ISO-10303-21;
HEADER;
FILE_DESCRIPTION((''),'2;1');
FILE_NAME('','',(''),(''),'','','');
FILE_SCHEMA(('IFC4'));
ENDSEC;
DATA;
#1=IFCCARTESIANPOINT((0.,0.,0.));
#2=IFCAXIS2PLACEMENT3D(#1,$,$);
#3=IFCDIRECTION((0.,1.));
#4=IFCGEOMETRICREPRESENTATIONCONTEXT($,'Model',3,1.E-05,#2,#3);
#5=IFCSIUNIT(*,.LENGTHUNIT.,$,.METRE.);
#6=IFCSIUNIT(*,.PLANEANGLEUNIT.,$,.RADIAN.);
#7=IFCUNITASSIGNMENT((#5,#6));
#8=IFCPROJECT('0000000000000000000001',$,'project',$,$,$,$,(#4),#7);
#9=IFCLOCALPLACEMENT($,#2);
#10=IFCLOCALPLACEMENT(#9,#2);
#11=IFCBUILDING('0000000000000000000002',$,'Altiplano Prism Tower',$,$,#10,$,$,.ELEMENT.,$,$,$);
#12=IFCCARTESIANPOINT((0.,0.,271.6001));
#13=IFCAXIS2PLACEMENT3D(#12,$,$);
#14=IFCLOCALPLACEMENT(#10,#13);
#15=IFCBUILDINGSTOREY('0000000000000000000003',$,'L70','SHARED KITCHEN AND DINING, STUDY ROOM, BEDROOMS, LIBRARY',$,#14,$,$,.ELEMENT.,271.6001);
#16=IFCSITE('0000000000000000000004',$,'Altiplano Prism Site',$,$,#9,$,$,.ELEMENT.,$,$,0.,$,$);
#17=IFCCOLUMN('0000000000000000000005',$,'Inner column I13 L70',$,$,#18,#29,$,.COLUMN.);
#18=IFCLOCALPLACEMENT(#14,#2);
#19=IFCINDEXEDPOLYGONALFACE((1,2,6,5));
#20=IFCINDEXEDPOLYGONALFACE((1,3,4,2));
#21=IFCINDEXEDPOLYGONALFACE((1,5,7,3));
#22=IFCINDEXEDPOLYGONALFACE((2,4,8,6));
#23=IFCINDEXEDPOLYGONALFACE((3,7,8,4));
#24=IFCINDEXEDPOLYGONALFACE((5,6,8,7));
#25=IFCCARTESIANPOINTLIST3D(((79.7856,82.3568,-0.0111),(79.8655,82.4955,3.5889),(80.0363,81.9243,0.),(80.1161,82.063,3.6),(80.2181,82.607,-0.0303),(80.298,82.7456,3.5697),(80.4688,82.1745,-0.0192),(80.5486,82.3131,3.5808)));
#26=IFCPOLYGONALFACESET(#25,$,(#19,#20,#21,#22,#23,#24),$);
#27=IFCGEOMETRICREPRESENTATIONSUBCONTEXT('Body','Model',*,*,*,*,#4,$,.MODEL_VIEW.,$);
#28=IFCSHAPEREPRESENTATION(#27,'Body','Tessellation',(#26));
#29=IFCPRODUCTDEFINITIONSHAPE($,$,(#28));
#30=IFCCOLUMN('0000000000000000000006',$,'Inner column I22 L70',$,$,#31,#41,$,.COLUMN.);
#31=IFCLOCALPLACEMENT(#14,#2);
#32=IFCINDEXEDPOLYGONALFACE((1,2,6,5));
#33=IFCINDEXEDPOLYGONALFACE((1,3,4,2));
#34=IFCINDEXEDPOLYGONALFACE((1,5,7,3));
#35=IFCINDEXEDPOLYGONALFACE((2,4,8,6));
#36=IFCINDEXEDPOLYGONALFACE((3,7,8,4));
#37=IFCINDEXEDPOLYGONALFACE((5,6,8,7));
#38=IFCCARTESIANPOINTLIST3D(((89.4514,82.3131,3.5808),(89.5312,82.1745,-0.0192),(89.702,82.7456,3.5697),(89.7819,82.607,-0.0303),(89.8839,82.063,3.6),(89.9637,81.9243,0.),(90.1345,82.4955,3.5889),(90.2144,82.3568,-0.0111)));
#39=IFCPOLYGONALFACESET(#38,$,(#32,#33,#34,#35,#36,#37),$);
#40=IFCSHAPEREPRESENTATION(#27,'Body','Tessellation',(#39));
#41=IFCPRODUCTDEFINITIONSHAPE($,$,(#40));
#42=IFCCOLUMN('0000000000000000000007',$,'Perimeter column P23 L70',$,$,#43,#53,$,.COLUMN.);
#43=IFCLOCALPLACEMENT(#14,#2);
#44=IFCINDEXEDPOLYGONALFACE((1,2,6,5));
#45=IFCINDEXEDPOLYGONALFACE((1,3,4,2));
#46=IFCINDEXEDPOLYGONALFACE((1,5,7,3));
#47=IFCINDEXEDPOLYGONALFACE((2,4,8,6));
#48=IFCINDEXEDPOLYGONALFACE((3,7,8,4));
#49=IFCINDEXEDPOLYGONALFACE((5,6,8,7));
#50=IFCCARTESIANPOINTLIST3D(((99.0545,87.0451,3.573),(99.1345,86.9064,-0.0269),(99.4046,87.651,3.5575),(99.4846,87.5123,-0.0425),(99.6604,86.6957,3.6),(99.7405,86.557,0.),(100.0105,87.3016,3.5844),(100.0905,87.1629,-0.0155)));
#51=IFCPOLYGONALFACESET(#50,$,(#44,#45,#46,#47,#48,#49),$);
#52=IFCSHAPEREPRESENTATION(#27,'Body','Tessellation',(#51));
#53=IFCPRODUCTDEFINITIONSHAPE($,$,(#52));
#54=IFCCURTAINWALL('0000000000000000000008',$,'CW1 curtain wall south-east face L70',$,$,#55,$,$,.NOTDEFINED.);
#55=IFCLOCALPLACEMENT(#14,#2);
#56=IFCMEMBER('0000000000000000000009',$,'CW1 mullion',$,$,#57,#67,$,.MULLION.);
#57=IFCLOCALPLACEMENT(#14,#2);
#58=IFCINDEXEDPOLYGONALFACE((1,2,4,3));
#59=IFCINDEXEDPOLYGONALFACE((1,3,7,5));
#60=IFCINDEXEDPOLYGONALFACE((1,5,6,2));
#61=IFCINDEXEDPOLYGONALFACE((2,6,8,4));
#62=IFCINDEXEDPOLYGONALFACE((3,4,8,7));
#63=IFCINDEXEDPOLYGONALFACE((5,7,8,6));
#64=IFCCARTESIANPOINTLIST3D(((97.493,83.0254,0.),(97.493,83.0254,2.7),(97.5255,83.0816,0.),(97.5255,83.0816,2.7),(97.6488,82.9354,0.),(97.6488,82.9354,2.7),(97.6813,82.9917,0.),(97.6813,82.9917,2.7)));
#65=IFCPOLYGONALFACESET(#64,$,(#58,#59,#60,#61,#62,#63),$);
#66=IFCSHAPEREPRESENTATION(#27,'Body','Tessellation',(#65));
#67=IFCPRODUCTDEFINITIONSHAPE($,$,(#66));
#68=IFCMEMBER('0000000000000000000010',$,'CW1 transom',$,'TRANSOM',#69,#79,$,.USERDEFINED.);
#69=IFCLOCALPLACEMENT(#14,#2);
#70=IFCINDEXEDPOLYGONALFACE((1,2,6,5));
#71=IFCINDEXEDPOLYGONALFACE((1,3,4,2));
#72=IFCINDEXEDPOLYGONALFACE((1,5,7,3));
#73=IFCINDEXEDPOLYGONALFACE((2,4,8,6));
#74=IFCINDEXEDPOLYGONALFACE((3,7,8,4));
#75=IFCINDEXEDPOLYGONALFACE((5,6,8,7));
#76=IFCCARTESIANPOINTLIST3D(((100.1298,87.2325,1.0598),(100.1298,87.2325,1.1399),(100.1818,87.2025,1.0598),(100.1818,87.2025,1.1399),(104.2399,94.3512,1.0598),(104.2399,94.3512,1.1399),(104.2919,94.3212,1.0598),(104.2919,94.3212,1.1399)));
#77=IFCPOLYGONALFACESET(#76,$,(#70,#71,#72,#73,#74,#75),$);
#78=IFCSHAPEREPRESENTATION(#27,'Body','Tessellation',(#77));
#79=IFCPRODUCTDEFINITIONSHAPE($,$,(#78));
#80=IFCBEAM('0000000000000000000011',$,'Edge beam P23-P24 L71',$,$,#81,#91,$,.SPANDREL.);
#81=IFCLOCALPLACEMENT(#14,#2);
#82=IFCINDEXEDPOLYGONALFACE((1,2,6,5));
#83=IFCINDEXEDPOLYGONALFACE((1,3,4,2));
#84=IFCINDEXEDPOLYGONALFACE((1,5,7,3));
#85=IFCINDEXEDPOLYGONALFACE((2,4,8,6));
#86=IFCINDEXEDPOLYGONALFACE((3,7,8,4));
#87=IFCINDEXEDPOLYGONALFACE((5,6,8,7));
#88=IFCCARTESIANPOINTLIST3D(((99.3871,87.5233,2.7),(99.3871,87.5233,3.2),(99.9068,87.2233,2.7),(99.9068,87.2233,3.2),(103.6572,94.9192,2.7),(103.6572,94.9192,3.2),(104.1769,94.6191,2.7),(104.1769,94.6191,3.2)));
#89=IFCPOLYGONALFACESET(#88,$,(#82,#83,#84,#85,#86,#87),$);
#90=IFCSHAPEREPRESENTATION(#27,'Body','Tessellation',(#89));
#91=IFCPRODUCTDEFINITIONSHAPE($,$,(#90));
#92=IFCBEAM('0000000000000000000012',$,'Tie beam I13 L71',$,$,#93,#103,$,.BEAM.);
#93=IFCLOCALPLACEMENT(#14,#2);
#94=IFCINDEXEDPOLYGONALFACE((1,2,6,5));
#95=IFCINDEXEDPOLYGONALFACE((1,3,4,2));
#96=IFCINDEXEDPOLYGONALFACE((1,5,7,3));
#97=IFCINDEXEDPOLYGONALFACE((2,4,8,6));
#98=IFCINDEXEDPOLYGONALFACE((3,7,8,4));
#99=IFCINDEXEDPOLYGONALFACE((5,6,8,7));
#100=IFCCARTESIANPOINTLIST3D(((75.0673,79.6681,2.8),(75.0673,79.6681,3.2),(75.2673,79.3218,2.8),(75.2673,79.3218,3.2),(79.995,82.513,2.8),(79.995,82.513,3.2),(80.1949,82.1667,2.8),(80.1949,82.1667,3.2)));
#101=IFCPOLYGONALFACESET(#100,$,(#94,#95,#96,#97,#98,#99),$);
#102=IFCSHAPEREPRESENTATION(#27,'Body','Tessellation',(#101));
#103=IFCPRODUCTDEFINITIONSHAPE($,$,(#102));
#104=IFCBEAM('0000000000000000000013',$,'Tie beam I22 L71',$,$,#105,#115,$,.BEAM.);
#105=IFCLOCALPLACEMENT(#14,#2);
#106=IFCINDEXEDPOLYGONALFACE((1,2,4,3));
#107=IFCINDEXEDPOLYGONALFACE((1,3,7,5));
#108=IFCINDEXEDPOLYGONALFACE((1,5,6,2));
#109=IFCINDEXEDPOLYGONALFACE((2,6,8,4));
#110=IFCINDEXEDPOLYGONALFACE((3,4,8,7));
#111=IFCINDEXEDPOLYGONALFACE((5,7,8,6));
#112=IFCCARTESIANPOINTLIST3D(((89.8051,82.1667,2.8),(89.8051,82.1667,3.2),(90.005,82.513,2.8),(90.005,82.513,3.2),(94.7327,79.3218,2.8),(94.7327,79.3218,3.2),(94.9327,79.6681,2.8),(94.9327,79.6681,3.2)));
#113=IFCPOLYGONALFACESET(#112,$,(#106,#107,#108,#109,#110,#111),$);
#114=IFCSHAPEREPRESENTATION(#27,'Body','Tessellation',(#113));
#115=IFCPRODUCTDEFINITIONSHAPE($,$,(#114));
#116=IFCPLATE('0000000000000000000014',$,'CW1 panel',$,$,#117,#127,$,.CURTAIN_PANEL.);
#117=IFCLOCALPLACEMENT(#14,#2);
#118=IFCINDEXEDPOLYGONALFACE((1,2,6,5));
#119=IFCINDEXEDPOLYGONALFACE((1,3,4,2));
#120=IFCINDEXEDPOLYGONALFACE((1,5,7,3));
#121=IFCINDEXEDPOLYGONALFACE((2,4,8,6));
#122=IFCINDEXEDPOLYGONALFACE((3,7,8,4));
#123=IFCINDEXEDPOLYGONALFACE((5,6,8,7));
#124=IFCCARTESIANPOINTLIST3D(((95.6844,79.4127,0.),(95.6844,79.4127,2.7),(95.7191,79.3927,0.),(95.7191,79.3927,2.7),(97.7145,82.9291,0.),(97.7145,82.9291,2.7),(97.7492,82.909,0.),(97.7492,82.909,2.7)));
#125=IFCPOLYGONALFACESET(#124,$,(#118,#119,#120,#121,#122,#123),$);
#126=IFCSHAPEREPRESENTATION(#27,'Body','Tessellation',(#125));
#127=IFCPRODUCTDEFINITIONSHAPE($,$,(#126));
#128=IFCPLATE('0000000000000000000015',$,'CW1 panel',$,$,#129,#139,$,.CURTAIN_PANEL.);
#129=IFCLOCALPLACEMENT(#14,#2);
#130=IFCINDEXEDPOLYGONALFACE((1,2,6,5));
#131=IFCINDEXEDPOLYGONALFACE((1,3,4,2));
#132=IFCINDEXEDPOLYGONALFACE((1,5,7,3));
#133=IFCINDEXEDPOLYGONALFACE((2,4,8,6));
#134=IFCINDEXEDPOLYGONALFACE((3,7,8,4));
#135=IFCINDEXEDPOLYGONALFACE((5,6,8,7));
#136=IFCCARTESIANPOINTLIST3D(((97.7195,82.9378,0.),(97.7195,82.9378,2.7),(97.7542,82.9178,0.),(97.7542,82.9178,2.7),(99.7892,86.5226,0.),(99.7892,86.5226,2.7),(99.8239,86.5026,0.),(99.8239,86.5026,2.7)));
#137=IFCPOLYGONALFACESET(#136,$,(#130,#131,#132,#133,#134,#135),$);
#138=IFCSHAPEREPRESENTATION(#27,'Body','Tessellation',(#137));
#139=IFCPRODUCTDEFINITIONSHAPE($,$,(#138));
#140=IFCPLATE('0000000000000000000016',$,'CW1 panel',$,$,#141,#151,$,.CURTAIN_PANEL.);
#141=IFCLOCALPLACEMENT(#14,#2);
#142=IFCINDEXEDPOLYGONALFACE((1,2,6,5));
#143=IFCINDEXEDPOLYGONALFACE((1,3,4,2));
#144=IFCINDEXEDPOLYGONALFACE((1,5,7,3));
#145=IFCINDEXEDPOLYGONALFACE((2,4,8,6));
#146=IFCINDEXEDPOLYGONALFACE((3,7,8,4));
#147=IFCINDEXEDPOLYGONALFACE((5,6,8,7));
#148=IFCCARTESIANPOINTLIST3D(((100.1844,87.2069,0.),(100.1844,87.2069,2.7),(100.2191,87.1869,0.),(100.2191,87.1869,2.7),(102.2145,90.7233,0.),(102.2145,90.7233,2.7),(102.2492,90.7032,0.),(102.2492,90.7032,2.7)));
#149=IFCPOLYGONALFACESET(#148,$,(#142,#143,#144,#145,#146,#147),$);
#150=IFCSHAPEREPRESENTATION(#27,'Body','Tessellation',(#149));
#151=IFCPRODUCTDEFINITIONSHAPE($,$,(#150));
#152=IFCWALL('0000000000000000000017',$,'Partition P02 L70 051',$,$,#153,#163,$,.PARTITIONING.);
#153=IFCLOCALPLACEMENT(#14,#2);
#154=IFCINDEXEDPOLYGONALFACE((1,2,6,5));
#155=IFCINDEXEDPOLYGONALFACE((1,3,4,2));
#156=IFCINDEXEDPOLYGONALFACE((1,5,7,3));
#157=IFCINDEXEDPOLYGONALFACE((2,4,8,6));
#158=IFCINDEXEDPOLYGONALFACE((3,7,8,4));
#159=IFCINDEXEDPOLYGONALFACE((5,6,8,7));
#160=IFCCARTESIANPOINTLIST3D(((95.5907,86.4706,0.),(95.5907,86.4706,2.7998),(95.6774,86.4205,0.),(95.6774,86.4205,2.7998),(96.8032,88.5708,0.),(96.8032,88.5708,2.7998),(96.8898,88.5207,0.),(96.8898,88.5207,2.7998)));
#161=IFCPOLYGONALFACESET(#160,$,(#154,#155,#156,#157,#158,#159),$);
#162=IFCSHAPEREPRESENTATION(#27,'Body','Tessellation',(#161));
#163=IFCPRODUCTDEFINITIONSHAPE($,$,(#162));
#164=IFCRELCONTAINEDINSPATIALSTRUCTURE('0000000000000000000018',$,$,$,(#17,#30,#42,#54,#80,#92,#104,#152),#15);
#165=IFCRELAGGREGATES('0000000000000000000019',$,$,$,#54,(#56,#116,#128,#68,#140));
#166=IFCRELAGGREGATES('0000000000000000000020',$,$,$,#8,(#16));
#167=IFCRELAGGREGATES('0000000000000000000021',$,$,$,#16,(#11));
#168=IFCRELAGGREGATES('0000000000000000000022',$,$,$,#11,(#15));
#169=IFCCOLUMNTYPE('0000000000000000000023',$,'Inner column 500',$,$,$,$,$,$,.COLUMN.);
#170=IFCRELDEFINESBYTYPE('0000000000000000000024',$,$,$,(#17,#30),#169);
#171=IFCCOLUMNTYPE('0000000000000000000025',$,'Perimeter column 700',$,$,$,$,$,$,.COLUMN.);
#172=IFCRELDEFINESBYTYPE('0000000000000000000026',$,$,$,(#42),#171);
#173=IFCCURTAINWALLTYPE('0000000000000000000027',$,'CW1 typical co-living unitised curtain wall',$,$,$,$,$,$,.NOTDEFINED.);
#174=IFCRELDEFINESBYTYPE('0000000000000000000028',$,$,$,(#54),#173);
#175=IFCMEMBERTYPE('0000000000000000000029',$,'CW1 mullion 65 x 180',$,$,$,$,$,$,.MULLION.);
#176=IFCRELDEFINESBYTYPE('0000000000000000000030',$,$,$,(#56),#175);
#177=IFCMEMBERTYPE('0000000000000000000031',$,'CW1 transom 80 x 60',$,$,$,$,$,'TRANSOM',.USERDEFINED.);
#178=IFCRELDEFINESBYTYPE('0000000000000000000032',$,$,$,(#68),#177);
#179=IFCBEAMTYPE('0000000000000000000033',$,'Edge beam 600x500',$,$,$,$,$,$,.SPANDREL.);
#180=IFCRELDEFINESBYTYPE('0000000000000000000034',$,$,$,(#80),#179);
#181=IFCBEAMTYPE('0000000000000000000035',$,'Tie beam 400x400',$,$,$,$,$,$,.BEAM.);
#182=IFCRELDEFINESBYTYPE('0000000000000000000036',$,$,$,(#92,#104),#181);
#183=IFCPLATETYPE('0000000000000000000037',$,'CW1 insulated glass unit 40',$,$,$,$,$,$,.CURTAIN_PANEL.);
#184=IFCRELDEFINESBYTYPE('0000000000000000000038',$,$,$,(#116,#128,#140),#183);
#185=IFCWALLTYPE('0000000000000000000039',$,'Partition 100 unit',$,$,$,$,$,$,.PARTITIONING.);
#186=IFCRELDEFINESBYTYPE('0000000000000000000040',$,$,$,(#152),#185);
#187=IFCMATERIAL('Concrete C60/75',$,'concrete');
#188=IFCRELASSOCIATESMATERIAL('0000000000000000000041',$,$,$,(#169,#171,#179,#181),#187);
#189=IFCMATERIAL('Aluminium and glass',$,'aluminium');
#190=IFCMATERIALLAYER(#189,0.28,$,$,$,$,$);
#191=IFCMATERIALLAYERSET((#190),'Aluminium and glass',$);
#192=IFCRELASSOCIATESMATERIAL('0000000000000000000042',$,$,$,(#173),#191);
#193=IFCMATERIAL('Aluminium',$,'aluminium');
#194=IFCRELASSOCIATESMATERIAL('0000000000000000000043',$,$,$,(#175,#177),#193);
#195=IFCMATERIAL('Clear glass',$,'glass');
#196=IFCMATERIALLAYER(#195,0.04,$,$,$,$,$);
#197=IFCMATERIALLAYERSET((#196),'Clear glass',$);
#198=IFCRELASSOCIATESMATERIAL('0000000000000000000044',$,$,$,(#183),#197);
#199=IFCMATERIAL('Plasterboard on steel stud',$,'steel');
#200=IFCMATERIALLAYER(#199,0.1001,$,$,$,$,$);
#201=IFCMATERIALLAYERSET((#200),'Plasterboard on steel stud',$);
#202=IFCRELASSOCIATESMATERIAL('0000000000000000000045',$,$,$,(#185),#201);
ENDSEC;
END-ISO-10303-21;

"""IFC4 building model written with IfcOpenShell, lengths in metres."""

from ifc_helpers import new_model, si_unit, direction, frame, frame_2d, origin, origin_2d, place, context, subcontext, project, spatial, rectangle, extrude, material, layer, layer_set, material_profile, profile_set, type_object, element, aggregate, save


model = new_model("IFC4")

# Units and contexts
model_context = context("Model", 3, precision=1e-05, world=origin(), true_north=direction((0.0, 1.0)))
body_context = subcontext(model_context, "Body", "Model", "MODEL_VIEW")
ifc_project = project(units=[si_unit("LENGTHUNIT", "METRE"), si_unit("PLANEANGLEUNIT", "RADIAN")], contexts=[model_context])

# Site, building, storey
site_placement = place(None, origin())
site = spatial("IfcSite", under=ifc_project, at=site_placement, Name="Altiplano Prism Site", CompositionType="ELEMENT", RefElevation=0.0)
building_placement = place(site_placement, origin())
building = spatial("IfcBuilding", under=site, at=building_placement, Name="Altiplano Prism Tower", CompositionType="ELEMENT")
storey_placement = place(building_placement, frame((0.0, 0.0, 271.6001)))
storey = spatial("IfcBuildingStorey", under=building, at=storey_placement, Name="L70", Description="SHARED KITCHEN AND DINING, STUDY ROOM, BEDROOMS, LIBRARY", CompositionType="ELEMENT", Elevation=271.6001)

# Columns
ifc_material_1 = material(Name="Concrete C60/75", Category="concrete")
ifc_material_profile_1 = material_profile(ifc_material_1, rectangle(XDim=0.5, YDim=0.5, at=origin_2d()), Name="Inner column 500")
ifc_profile_set_1 = profile_set([ifc_material_profile_1], Name="Concrete C60/75")
column_type_1 = type_object("IfcColumnType", Name="Inner column 500", PredefinedType="COLUMN", material=ifc_profile_set_1)
for number, where, z_axis, x_axis, name in (
    (1, (80.1272, 82.2656, -0.0151), (0.022155, 0.038484, 0.999014), (-0.864982, -0.500327, 0.038456), "Inner column I13 L70"),
    (2, (89.8728, 82.2656, -0.0151), (-0.022155, 0.038484, 0.999014), (-0.501313, -0.864981, 0.022203), "Inner column I22 L70"),
):
    element("IfcColumn", number, at=place(storey_placement, frame(where, z_axis=z_axis, x_axis=x_axis)), inside=storey, type_object=column_type_1, Name=name, PredefinedType="COLUMN", context=body_context, shape_type="SweptSolid", body=[
        extrude(rectangle(XDim=0.5, YDim=0.5, at=origin_2d()), origin(), (0.0, 0.0, 1.0), 3.6035),
    ])
ifc_material_profile_2 = material_profile(ifc_material_1, rectangle(XDim=0.7, YDim=0.7, at=origin_2d()), Name="Perimeter column 700")
ifc_profile_set_2 = profile_set([ifc_material_profile_2], Name="Concrete C60/75")
column_type_2 = type_object("IfcColumnType", Name="Perimeter column 700", PredefinedType="COLUMN", material=ifc_profile_set_2)
column_placement = place(storey_placement, frame((99.6125, 87.0347, -0.0212), z_axis=(-0.022223, 0.038483, 0.999012), x_axis=(-0.50017, -0.865642, 0.02222)))
element("IfcColumn", 3, at=column_placement, inside=storey, type_object=column_type_2, Name="Perimeter column P23 L70", PredefinedType="COLUMN", context=body_context, shape_type="SweptSolid", body=[
    extrude(rectangle(XDim=0.7, YDim=0.7, at=origin_2d()), origin(), (0.0, 0.0, 1.0), 3.6035),
])

# Curtain wall, members
ifc_material_2 = material(Name="Aluminium and glass", Category="aluminium")
ifc_layer_1 = layer(ifc_material_2, 0.28)
ifc_layer_set_1 = layer_set([ifc_layer_1], Name="Aluminium and glass")
curtain_wall_type = type_object("IfcCurtainWallType", Name="CW1 typical co-living unitised curtain wall", PredefinedType="NOTDEFINED", material=ifc_layer_set_1)
curtain_wall_placement = place(storey_placement, origin())
curtain_wall = element("IfcCurtainWall", 4, at=curtain_wall_placement, inside=storey, type_object=curtain_wall_type, Name="CW1 curtain wall south-east face L70", PredefinedType="NOTDEFINED")
ifc_material_3 = material(Name="Aluminium", Category="aluminium")
ifc_material_profile_3 = material_profile(ifc_material_3, rectangle(XDim=0.1799, YDim=0.0649, at=origin_2d()), Name="CW1 mullion 65 x 180")
ifc_profile_set_3 = profile_set([ifc_material_profile_3], Name="Aluminium")
member_type_1 = type_object("IfcMemberType", Name="CW1 mullion 65 x 180", PredefinedType="MULLION", material=ifc_profile_set_3)
member_1_placement = place(storey_placement, frame((97.5872, 83.0085, 0.0), z_axis=(0.0, 0.0, 1.0), x_axis=(-0.866025, 0.5, 0.0)))
member_1 = element("IfcMember", 5, at=member_1_placement, type_object=member_type_1, Name="CW1 mullion", PredefinedType="MULLION", context=body_context, shape_type="SweptSolid", body=[
    extrude(rectangle(XDim=0.1799, YDim=0.0649, at=origin_2d()), origin(), (0.0, 0.0, 1.0), 2.7),
])
ifc_material_profile_4 = material_profile(ifc_material_3, rectangle(XDim=0.0601, YDim=0.0801, at=origin_2d()), Name="CW1 transom 80 x 60")
ifc_profile_set_4 = profile_set([ifc_material_profile_4], Name="Aluminium")
member_type_2 = type_object("IfcMemberType", Name="CW1 transom 80 x 60", ElementType="TRANSOM", PredefinedType="USERDEFINED", material=ifc_profile_set_4)
member_2_placement = place(storey_placement, frame((100.1558, 87.2175, 1.0999), z_axis=(0.500014, 0.866017, 0.0), x_axis=(-0.866017, 0.500014, 0.0)))
member_2 = element("IfcMember", 6, at=member_2_placement, type_object=member_type_2, Name="CW1 transom", ObjectType="TRANSOM", PredefinedType="USERDEFINED", context=body_context, shape_type="SweptSolid", body=[
    extrude(rectangle(XDim=0.0601, YDim=0.0801, at=origin_2d()), origin(), (0.0, 0.0, 1.0), 8.22),
])

# Beams
ifc_material_profile_5 = material_profile(ifc_material_1, rectangle(XDim=0.6001, YDim=0.5, at=origin_2d()), Name="Edge beam 600x500")
ifc_profile_set_5 = profile_set([ifc_material_profile_5], Name="Concrete C60/75")
beam_type_1 = type_object("IfcBeamType", Name="Edge beam 600x500", PredefinedType="SPANDREL", material=ifc_profile_set_5)
beam_placement = place(storey_placement, frame((99.647, 87.3733, 2.95), z_axis=(0.500007, 0.866021, 0.0), x_axis=(-0.866021, 0.500007, 0.0)))
element("IfcBeam", 7, at=beam_placement, inside=storey, type_object=beam_type_1, Name="Edge beam P23-P24 L71", PredefinedType="SPANDREL", context=body_context, shape_type="SweptSolid", body=[
    extrude(rectangle(XDim=0.6001, YDim=0.5, at=origin_2d()), origin(), (0.0, 0.0, 1.0), 8.54),
])
ifc_material_profile_6 = material_profile(ifc_material_1, rectangle(XDim=0.3999, YDim=0.3999, at=origin_2d()), Name="Tie beam 400x400")
ifc_profile_set_6 = profile_set([ifc_material_profile_6], Name="Concrete C60/75")
beam_type_2 = type_object("IfcBeamType", Name="Tie beam 400x400", PredefinedType="BEAM", material=ifc_profile_set_6)
for number, where, z_axis, x_axis, name in (
    (8, (80.095, 82.3398, 3.0), (-0.86603, -0.499992, 0.0), (0.499992, -0.86603, 0.0), "Tie beam I13 L71"),
    (9, (89.905, 82.3398, 3.0), (0.86603, -0.499992, 0.0), (0.499992, 0.86603, 0.0), "Tie beam I22 L71"),
):
    element("IfcBeam", number, at=place(storey_placement, frame(where, z_axis=z_axis, x_axis=x_axis)), inside=storey, type_object=beam_type_2, Name=name, PredefinedType="BEAM", context=body_context, shape_type="SweptSolid", body=[
        extrude(rectangle(XDim=0.3999, YDim=0.3999, at=origin_2d()), origin(), (0.0, 0.0, 1.0), 5.6899),
    ])

# Plates
ifc_material_4 = material(Name="Clear glass", Category="glass")
ifc_layer_2 = layer(ifc_material_4, 0.04)
ifc_layer_set_2 = layer_set([ifc_layer_2], Name="Clear glass")
plate_type = type_object("IfcPlateType", Name="CW1 insulated glass unit 40", PredefinedType="CURTAIN_PANEL", material=ifc_layer_set_2)
plate_1_placement = place(storey_placement, frame((96.7168, 81.1609, 0.0), z_axis=(0.0, 0.0, 1.0), x_axis=(0.5, 0.866025, 0.0)))
plate_1 = element("IfcPlate", 10, at=plate_1_placement, type_object=plate_type, Name="CW1 panel", PredefinedType="CURTAIN_PANEL", context=body_context, shape_type="SweptSolid", body=[
    extrude(rectangle(XDim=4.0603, YDim=0.04, at=origin_2d()), origin(), (0.0, 0.0, 1.0), 2.7),
])
plate_2_placement = place(storey_placement, frame((98.7717, 84.7202, 0.0), z_axis=(0.0, 0.0, 1.0), x_axis=(0.5, 0.866025, 0.0)))
plate_2 = element("IfcPlate", 11, at=plate_2_placement, type_object=plate_type, Name="CW1 panel", PredefinedType="CURTAIN_PANEL", context=body_context, shape_type="SweptSolid", body=[
    extrude(rectangle(XDim=4.1394, YDim=0.04, at=origin_2d()), origin(), (0.0, 0.0, 1.0), 2.7),
])
plate_3_placement = place(storey_placement, frame((101.2168, 88.9551, 0.0), z_axis=(0.0, 0.0, 1.0), x_axis=(0.5, 0.866025, 0.0)))
plate_3 = element("IfcPlate", 12, at=plate_3_placement, type_object=plate_type, Name="CW1 panel", PredefinedType="CURTAIN_PANEL", context=body_context, shape_type="SweptSolid", body=[
    extrude(rectangle(XDim=4.0603, YDim=0.04, at=origin_2d()), origin(), (0.0, 0.0, 1.0), 2.7),
])
aggregate(curtain_wall, [member_1, plate_1, plate_2, member_2, plate_3])

# Wall
ifc_material_5 = material(Name="Plasterboard on steel stud", Category="steel")
ifc_layer_3 = layer(ifc_material_5, 0.1001)
ifc_layer_set_3 = layer_set([ifc_layer_3], Name="Plasterboard on steel stud")
wall_type_1 = type_object("IfcWallType", Name="Partition 100 unit", PredefinedType="PARTITIONING", material=ifc_layer_set_3)
wall_1_placement = place(storey_placement, frame((96.8464, 88.5457, 0.0), z_axis=(0.0, 0.0, 1.0), x_axis=(-0.499972, -0.866041, 0.0)))
element("IfcWall", 13, at=wall_1_placement, inside=storey, type_object=wall_type_1, Name="Partition P02 L70 051", PredefinedType="PARTITIONING", context=body_context, shape_type="SweptSolid", body=[
    extrude(rectangle(XDim=2.425, YDim=0.1001, at=frame_2d((1.2124, 0.0))), origin(), (0.0, 0.0, 1.0), 2.7998),
])

save(model, "model.ifc")
